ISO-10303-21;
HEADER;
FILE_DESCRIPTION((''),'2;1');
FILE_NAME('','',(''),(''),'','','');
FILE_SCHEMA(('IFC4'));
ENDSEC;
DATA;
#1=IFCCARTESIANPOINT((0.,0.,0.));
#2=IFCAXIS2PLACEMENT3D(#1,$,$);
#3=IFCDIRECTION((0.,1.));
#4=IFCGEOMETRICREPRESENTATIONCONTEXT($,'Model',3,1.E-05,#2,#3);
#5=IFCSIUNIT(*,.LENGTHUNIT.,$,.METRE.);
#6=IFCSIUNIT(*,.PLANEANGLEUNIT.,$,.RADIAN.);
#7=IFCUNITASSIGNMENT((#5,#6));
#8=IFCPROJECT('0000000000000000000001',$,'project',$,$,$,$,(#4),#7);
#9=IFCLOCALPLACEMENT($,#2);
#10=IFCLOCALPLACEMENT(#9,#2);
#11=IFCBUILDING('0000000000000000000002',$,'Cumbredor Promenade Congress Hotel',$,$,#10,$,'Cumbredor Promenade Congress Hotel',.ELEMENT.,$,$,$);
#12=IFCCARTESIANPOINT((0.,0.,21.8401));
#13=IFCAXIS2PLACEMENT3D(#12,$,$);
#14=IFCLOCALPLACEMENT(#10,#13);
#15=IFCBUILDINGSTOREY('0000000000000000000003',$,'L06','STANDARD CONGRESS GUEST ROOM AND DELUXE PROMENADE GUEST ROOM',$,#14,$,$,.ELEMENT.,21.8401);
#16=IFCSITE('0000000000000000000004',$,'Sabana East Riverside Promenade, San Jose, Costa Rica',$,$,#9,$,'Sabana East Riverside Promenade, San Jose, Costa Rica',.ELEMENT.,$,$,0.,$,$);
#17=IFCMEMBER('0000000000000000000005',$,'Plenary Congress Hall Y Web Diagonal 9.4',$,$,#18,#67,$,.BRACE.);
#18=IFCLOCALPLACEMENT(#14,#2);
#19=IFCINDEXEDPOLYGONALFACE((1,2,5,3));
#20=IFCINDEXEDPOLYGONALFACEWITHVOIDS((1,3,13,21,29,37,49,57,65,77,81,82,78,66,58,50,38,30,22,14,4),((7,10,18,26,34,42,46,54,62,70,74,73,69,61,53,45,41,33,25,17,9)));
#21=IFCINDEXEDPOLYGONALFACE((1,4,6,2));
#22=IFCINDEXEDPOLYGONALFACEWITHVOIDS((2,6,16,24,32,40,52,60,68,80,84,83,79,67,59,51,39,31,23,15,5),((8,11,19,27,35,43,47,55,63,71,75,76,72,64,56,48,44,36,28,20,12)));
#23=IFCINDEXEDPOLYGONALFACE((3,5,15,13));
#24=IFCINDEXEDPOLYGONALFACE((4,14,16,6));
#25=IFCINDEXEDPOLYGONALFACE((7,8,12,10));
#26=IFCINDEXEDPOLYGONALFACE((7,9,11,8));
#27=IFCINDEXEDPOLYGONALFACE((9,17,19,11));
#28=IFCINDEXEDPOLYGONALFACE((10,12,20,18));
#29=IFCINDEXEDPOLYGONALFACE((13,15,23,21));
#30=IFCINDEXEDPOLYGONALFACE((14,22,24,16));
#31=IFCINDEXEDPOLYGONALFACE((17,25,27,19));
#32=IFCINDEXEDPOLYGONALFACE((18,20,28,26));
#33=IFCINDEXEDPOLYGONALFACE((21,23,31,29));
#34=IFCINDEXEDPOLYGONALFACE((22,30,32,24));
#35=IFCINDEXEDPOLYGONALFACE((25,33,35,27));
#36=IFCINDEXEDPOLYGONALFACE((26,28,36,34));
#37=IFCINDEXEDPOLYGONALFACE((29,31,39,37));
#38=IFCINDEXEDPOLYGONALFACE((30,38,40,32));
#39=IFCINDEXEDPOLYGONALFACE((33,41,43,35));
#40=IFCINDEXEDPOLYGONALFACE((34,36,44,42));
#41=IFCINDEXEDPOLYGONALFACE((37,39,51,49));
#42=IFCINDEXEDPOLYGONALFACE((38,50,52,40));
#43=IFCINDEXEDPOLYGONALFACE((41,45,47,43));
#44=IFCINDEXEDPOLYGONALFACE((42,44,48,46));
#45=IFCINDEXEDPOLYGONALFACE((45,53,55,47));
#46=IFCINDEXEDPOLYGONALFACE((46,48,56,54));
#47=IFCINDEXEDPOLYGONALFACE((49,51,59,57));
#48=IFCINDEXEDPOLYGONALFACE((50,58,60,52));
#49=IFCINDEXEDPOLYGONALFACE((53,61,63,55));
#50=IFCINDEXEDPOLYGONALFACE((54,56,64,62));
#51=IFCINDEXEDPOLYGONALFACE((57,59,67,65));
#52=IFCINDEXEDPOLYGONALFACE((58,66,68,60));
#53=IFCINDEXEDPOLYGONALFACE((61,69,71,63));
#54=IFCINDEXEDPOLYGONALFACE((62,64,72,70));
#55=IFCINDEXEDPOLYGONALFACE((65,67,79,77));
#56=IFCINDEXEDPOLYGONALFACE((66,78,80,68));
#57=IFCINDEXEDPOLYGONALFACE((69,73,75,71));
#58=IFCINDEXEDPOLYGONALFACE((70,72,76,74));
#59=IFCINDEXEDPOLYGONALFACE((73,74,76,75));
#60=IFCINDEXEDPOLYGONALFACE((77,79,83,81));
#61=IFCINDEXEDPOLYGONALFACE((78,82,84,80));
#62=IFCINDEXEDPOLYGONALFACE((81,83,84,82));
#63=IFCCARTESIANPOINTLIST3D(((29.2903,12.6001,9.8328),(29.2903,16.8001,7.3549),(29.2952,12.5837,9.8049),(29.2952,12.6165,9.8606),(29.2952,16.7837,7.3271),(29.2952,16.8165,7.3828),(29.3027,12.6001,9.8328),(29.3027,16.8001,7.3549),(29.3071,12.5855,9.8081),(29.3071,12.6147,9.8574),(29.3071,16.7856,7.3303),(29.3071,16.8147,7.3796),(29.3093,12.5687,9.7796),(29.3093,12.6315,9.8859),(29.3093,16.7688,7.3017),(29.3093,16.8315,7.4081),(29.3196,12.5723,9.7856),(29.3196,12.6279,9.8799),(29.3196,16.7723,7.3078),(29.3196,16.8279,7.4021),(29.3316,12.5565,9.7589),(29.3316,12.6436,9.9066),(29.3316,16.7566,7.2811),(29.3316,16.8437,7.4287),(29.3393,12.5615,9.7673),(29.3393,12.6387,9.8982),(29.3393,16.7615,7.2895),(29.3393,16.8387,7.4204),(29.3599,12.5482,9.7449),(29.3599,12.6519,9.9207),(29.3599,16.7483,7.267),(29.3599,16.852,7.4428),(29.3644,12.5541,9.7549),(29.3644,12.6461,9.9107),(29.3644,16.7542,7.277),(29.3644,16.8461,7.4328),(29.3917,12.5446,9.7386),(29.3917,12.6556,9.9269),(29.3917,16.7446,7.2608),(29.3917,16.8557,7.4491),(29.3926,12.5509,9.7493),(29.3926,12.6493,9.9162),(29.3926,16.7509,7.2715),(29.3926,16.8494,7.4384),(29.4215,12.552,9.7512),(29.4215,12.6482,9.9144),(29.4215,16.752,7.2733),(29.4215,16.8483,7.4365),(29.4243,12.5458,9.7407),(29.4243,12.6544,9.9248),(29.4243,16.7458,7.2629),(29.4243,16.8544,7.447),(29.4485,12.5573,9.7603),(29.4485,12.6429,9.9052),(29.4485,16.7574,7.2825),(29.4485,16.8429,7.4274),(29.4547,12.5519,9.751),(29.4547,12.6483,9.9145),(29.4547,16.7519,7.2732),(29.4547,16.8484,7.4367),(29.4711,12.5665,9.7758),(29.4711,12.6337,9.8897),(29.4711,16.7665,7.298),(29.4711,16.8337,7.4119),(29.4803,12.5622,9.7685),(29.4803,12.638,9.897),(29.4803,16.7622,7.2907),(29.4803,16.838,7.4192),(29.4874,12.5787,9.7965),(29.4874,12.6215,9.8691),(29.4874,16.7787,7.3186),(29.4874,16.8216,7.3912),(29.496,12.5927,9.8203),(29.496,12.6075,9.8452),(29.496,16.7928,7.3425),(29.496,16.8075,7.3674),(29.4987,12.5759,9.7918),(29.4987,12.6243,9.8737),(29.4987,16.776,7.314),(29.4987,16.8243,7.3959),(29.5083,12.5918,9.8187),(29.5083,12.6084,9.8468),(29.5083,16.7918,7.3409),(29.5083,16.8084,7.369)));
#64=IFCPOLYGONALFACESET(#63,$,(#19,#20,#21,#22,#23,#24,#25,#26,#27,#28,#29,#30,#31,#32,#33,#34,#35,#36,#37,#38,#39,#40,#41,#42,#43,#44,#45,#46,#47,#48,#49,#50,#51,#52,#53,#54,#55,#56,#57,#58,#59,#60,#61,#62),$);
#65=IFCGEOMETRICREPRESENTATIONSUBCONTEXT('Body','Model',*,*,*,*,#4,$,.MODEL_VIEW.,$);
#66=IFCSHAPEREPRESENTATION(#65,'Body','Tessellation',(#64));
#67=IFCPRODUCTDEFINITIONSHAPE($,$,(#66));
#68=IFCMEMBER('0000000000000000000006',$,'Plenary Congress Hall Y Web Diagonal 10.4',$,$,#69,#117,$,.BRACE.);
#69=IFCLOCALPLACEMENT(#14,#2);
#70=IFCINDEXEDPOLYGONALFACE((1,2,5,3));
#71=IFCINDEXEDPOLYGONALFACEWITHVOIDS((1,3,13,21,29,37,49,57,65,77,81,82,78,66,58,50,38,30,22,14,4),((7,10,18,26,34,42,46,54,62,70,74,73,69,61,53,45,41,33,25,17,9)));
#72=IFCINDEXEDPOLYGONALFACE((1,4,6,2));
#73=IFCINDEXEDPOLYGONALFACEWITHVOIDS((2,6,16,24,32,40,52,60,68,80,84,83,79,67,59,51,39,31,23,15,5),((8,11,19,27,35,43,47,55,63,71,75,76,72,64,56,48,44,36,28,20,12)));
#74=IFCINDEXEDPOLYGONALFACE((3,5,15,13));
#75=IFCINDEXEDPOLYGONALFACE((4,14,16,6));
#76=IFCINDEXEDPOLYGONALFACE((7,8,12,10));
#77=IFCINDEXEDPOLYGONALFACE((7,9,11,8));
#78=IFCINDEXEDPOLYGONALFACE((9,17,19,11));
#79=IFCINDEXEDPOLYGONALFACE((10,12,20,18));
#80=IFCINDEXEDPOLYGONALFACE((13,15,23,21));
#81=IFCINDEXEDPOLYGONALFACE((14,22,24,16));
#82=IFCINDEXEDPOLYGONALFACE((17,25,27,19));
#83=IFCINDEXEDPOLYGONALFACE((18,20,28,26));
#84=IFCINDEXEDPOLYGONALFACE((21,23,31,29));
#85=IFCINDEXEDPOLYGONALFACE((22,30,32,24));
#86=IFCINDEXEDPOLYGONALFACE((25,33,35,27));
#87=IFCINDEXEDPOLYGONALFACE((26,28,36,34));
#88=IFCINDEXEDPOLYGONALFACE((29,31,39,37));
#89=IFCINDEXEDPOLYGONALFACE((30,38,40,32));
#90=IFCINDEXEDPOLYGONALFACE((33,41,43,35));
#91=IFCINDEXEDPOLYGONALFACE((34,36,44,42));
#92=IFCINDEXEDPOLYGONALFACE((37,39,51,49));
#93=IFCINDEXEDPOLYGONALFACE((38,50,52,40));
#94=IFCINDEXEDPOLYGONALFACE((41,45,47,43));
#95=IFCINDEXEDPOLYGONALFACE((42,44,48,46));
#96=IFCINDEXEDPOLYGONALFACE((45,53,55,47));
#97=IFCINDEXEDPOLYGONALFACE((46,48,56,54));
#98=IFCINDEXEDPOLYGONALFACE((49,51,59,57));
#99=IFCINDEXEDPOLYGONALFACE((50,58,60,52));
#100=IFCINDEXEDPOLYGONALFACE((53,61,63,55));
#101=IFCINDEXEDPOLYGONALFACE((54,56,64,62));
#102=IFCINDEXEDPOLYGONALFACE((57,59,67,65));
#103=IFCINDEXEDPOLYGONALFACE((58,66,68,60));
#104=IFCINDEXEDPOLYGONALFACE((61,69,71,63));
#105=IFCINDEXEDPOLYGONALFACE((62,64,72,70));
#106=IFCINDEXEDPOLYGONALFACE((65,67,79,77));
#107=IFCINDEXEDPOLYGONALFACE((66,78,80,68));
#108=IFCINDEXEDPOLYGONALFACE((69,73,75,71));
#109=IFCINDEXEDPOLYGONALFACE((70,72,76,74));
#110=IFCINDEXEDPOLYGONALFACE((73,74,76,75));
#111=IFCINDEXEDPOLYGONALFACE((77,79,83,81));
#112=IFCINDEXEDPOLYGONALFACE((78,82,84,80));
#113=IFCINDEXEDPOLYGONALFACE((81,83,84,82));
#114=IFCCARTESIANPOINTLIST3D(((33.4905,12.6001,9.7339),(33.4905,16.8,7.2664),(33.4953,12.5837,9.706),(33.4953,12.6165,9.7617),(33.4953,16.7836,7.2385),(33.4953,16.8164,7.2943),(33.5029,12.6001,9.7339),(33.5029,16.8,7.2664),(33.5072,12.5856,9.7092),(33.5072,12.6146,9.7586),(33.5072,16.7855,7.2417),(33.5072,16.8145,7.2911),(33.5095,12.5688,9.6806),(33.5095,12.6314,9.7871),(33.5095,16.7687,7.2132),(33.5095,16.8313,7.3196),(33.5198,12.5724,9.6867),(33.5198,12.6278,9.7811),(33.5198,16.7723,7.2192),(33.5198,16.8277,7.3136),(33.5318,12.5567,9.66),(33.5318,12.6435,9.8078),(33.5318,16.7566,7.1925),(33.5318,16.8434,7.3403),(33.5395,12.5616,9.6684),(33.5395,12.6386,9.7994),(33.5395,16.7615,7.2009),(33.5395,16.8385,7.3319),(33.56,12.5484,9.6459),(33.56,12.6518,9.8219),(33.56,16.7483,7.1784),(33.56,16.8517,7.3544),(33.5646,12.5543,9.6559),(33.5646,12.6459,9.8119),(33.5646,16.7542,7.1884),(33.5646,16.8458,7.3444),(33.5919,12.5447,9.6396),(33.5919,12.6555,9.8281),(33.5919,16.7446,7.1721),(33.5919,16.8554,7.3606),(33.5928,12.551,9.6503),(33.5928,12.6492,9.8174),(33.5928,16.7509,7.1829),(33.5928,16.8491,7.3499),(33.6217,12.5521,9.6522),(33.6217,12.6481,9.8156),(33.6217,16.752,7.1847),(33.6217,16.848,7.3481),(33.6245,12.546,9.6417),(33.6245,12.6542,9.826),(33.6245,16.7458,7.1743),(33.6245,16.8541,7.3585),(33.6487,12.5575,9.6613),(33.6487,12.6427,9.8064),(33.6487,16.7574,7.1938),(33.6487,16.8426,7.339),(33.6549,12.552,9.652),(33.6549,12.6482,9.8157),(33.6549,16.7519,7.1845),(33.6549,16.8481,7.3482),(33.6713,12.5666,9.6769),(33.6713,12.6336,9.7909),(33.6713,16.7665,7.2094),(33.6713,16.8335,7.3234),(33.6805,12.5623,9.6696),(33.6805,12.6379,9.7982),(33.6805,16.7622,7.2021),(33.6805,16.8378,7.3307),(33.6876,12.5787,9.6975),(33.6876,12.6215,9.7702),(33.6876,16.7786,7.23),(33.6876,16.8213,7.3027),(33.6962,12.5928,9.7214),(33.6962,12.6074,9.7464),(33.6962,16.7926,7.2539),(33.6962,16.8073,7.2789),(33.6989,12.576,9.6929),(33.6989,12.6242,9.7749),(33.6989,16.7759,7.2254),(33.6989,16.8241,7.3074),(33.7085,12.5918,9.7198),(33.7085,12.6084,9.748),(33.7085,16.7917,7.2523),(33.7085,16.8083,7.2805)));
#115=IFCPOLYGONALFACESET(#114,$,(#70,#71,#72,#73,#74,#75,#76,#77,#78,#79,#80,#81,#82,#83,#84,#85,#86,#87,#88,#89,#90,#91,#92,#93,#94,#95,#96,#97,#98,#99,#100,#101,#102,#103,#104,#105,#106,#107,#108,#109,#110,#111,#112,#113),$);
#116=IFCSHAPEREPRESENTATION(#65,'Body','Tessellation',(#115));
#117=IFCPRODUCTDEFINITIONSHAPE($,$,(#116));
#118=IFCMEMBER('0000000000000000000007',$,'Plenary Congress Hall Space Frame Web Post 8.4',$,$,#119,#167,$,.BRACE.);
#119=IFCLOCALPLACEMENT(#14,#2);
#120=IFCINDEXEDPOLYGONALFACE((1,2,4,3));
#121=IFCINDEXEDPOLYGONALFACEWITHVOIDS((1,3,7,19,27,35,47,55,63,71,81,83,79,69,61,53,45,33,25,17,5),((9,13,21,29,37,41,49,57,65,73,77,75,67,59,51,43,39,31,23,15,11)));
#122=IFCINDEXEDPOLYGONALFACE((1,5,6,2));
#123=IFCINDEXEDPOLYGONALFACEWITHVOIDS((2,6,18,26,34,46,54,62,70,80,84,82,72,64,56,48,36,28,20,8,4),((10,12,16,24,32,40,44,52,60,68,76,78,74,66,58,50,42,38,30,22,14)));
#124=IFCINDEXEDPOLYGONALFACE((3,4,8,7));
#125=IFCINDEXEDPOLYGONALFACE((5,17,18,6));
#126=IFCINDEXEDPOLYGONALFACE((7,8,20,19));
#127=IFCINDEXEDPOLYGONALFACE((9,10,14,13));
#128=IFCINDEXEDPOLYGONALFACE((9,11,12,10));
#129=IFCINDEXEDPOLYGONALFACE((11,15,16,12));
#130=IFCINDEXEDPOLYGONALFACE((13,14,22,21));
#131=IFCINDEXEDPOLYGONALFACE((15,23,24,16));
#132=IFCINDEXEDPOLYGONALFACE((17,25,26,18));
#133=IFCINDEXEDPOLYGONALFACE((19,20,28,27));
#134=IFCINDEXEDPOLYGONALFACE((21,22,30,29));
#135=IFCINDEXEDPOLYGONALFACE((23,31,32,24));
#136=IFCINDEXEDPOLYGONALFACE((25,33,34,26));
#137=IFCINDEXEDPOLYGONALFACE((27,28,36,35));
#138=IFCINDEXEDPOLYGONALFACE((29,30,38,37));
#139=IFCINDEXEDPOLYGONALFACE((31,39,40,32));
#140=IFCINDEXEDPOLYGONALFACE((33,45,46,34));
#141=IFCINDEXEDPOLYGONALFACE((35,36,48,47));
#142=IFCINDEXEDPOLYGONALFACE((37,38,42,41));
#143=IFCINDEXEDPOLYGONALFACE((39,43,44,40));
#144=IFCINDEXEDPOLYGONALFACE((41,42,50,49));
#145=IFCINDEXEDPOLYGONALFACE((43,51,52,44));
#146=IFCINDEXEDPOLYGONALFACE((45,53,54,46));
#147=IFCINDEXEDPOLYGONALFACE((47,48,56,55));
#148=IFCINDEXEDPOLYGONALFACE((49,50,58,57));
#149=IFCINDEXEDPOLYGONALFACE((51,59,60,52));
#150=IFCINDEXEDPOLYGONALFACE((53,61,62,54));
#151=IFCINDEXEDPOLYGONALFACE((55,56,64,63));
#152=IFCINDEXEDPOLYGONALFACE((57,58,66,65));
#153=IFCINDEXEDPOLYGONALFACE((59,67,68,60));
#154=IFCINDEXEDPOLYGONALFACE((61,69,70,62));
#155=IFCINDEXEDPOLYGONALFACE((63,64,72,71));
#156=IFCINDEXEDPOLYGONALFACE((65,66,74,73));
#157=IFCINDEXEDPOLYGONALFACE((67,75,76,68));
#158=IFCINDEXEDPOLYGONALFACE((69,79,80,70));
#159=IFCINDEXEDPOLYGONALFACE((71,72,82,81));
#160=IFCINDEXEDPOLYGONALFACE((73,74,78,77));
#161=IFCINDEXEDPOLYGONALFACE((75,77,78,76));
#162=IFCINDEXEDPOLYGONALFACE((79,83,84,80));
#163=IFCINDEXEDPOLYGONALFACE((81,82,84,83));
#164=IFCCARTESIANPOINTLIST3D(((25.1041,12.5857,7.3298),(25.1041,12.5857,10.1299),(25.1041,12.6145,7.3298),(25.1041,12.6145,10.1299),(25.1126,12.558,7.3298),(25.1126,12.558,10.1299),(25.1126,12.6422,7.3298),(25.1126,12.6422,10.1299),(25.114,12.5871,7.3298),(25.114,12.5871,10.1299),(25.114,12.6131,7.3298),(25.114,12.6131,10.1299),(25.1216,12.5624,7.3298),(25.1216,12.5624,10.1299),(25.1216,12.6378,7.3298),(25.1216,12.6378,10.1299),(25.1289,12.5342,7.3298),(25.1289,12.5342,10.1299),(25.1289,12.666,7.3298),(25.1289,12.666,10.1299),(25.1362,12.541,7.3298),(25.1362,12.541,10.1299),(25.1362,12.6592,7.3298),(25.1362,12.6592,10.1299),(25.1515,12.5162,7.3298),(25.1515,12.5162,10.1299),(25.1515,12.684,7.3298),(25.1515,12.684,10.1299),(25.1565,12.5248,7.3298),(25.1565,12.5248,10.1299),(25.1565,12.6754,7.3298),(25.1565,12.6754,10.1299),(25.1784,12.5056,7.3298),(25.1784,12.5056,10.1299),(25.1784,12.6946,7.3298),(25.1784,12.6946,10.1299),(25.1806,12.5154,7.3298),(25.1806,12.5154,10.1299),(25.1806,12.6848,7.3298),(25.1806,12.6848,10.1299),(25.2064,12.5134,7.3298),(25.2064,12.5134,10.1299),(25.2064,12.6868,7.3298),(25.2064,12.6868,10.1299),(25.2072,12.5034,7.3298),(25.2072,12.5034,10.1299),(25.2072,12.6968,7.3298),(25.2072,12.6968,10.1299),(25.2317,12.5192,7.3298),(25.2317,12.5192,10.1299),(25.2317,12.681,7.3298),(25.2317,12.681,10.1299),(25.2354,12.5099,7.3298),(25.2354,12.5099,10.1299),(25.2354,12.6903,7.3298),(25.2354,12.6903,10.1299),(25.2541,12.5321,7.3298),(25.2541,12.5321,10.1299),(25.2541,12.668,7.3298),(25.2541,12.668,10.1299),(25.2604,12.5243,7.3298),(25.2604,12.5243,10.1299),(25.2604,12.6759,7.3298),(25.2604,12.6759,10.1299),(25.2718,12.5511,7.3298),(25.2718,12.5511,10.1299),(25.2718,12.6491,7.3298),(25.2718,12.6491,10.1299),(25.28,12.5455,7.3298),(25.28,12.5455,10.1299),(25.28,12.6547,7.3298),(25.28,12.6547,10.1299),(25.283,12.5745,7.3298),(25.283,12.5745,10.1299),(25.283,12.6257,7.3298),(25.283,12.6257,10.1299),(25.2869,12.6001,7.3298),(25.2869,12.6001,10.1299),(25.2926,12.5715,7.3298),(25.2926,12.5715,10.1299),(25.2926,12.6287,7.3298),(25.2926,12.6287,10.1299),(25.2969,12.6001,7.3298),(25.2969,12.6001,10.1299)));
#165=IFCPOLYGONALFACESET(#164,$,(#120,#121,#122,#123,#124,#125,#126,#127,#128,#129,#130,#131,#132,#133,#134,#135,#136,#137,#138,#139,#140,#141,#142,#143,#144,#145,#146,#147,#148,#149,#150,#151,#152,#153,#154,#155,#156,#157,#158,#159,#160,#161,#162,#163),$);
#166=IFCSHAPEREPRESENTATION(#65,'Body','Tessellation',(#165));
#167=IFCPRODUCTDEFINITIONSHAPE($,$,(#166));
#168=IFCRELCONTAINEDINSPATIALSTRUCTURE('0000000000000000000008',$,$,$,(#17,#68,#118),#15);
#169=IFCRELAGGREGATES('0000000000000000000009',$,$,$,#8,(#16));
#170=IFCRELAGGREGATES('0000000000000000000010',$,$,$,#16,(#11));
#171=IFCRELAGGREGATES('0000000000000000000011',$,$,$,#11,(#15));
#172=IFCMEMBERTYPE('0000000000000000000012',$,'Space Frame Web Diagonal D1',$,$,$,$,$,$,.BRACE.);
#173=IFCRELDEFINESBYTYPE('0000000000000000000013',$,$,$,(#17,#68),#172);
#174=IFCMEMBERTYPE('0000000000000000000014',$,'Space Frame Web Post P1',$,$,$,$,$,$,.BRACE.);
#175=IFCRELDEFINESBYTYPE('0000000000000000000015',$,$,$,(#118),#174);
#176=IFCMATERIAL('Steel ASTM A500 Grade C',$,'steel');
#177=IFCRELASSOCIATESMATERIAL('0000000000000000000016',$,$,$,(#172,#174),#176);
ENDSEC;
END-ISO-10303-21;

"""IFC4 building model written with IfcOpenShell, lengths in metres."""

from ifc_helpers import new_model, si_unit, direction, frame, origin, origin_2d, place, context, subcontext, project, spatial, hollow_circle, extrude, material, material_profile, profile_set, type_object, element, save


model = new_model("IFC4")

# Units and contexts
model_context = context("Model", 3, precision=1e-05, world=origin(), true_north=direction((0.0, 1.0)))
body_context = subcontext(model_context, "Body", "Model", "MODEL_VIEW")
ifc_project = project(units=[si_unit("LENGTHUNIT", "METRE"), si_unit("PLANEANGLEUNIT", "RADIAN")], contexts=[model_context])

# Site, building, storey
site_placement = place(None, origin())
site = spatial("IfcSite", under=ifc_project, at=site_placement, Name="Sabana East Riverside Promenade, San Jose, Costa Rica", LongName="Sabana East Riverside Promenade, San Jose, Costa Rica", CompositionType="ELEMENT", RefElevation=0.0)
building_placement = place(site_placement, origin())
building = spatial("IfcBuilding", under=site, at=building_placement, Name="Cumbredor Promenade Congress Hotel", LongName="Cumbredor Promenade Congress Hotel", CompositionType="ELEMENT")
storey_placement = place(building_placement, frame((0.0, 0.0, 21.8401)))
storey = spatial("IfcBuildingStorey", under=building, at=storey_placement, Name="L06", Description="STANDARD CONGRESS GUEST ROOM AND DELUXE PROMENADE GUEST ROOM", CompositionType="ELEMENT", Elevation=21.8401)

# Members
ifc_material_1 = material(Name="Steel ASTM A500 Grade C", Category="steel")
ifc_material_profile_1 = material_profile(ifc_material_1, hollow_circle(Radius=0.1096, WallThickness=0.0125, at=origin_2d()), Name="CHS 219.1x12.5")
ifc_profile_set_1 = profile_set([ifc_material_profile_1], Name="Steel ASTM A500 Grade C")
member_type_1 = type_object("IfcMemberType", Name="Space Frame Web Diagonal D1", PredefinedType="BRACE", material=ifc_profile_set_1)
member_1_placement = place(storey_placement, frame((29.3999, 12.6001, 9.8328), z_axis=(0.0, 0.861286, -0.50812), x_axis=(-1.0, 0.0, 0.0)))
element("IfcMember", 1, at=member_1_placement, inside=storey, type_object=member_type_1, Name="Plenary Congress Hall Y Web Diagonal 9.4", PredefinedType="BRACE", context=body_context, shape_type="SweptSolid", body=[
    extrude(hollow_circle(Radius=0.1096, WallThickness=0.0125, at=origin_2d()), origin(), (0.0, 0.0, 1.0), 4.8765),
])
member_2_placement = place(storey_placement, frame((33.6001, 12.6001, 9.7339), z_axis=(0.0, 0.862206, -0.506558), x_axis=(-1.0, 0.0, 0.0)))
element("IfcMember", 2, at=member_2_placement, inside=storey, type_object=member_type_1, Name="Plenary Congress Hall Y Web Diagonal 10.4", PredefinedType="BRACE", context=body_context, shape_type="SweptSolid", body=[
    extrude(hollow_circle(Radius=0.1096, WallThickness=0.0125, at=origin_2d()), origin(), (0.0, 0.0, 1.0), 4.8711),
])
ifc_material_profile_2 = material_profile(ifc_material_1, hollow_circle(Radius=0.0969, WallThickness=0.01, at=origin_2d()), Name="CHS 193.7x10")
ifc_profile_set_2 = profile_set([ifc_material_profile_2], Name="Steel ASTM A500 Grade C")
member_type_2 = type_object("IfcMemberType", Name="Space Frame Web Post P1", PredefinedType="BRACE", material=ifc_profile_set_2)
for number, where, z_axis, x_axis, name in (
    (3, (25.2, 12.6001, 7.3298), (0.0, 0.0, 1.0), (1.0, 0.0, 0.0), "Plenary Congress Hall Space Frame Web Post 8.4"),
):
    element("IfcMember", number, at=place(storey_placement, frame(where, z_axis=z_axis, x_axis=x_axis)), inside=storey, type_object=member_type_2, Name=name, PredefinedType="BRACE", context=body_context, shape_type="SweptSolid", body=[
        extrude(hollow_circle(Radius=0.0969, WallThickness=0.01, at=origin_2d()), origin(), (0.0, 0.0, 1.0), 2.8),
    ])

save(model, "model.ifc")
